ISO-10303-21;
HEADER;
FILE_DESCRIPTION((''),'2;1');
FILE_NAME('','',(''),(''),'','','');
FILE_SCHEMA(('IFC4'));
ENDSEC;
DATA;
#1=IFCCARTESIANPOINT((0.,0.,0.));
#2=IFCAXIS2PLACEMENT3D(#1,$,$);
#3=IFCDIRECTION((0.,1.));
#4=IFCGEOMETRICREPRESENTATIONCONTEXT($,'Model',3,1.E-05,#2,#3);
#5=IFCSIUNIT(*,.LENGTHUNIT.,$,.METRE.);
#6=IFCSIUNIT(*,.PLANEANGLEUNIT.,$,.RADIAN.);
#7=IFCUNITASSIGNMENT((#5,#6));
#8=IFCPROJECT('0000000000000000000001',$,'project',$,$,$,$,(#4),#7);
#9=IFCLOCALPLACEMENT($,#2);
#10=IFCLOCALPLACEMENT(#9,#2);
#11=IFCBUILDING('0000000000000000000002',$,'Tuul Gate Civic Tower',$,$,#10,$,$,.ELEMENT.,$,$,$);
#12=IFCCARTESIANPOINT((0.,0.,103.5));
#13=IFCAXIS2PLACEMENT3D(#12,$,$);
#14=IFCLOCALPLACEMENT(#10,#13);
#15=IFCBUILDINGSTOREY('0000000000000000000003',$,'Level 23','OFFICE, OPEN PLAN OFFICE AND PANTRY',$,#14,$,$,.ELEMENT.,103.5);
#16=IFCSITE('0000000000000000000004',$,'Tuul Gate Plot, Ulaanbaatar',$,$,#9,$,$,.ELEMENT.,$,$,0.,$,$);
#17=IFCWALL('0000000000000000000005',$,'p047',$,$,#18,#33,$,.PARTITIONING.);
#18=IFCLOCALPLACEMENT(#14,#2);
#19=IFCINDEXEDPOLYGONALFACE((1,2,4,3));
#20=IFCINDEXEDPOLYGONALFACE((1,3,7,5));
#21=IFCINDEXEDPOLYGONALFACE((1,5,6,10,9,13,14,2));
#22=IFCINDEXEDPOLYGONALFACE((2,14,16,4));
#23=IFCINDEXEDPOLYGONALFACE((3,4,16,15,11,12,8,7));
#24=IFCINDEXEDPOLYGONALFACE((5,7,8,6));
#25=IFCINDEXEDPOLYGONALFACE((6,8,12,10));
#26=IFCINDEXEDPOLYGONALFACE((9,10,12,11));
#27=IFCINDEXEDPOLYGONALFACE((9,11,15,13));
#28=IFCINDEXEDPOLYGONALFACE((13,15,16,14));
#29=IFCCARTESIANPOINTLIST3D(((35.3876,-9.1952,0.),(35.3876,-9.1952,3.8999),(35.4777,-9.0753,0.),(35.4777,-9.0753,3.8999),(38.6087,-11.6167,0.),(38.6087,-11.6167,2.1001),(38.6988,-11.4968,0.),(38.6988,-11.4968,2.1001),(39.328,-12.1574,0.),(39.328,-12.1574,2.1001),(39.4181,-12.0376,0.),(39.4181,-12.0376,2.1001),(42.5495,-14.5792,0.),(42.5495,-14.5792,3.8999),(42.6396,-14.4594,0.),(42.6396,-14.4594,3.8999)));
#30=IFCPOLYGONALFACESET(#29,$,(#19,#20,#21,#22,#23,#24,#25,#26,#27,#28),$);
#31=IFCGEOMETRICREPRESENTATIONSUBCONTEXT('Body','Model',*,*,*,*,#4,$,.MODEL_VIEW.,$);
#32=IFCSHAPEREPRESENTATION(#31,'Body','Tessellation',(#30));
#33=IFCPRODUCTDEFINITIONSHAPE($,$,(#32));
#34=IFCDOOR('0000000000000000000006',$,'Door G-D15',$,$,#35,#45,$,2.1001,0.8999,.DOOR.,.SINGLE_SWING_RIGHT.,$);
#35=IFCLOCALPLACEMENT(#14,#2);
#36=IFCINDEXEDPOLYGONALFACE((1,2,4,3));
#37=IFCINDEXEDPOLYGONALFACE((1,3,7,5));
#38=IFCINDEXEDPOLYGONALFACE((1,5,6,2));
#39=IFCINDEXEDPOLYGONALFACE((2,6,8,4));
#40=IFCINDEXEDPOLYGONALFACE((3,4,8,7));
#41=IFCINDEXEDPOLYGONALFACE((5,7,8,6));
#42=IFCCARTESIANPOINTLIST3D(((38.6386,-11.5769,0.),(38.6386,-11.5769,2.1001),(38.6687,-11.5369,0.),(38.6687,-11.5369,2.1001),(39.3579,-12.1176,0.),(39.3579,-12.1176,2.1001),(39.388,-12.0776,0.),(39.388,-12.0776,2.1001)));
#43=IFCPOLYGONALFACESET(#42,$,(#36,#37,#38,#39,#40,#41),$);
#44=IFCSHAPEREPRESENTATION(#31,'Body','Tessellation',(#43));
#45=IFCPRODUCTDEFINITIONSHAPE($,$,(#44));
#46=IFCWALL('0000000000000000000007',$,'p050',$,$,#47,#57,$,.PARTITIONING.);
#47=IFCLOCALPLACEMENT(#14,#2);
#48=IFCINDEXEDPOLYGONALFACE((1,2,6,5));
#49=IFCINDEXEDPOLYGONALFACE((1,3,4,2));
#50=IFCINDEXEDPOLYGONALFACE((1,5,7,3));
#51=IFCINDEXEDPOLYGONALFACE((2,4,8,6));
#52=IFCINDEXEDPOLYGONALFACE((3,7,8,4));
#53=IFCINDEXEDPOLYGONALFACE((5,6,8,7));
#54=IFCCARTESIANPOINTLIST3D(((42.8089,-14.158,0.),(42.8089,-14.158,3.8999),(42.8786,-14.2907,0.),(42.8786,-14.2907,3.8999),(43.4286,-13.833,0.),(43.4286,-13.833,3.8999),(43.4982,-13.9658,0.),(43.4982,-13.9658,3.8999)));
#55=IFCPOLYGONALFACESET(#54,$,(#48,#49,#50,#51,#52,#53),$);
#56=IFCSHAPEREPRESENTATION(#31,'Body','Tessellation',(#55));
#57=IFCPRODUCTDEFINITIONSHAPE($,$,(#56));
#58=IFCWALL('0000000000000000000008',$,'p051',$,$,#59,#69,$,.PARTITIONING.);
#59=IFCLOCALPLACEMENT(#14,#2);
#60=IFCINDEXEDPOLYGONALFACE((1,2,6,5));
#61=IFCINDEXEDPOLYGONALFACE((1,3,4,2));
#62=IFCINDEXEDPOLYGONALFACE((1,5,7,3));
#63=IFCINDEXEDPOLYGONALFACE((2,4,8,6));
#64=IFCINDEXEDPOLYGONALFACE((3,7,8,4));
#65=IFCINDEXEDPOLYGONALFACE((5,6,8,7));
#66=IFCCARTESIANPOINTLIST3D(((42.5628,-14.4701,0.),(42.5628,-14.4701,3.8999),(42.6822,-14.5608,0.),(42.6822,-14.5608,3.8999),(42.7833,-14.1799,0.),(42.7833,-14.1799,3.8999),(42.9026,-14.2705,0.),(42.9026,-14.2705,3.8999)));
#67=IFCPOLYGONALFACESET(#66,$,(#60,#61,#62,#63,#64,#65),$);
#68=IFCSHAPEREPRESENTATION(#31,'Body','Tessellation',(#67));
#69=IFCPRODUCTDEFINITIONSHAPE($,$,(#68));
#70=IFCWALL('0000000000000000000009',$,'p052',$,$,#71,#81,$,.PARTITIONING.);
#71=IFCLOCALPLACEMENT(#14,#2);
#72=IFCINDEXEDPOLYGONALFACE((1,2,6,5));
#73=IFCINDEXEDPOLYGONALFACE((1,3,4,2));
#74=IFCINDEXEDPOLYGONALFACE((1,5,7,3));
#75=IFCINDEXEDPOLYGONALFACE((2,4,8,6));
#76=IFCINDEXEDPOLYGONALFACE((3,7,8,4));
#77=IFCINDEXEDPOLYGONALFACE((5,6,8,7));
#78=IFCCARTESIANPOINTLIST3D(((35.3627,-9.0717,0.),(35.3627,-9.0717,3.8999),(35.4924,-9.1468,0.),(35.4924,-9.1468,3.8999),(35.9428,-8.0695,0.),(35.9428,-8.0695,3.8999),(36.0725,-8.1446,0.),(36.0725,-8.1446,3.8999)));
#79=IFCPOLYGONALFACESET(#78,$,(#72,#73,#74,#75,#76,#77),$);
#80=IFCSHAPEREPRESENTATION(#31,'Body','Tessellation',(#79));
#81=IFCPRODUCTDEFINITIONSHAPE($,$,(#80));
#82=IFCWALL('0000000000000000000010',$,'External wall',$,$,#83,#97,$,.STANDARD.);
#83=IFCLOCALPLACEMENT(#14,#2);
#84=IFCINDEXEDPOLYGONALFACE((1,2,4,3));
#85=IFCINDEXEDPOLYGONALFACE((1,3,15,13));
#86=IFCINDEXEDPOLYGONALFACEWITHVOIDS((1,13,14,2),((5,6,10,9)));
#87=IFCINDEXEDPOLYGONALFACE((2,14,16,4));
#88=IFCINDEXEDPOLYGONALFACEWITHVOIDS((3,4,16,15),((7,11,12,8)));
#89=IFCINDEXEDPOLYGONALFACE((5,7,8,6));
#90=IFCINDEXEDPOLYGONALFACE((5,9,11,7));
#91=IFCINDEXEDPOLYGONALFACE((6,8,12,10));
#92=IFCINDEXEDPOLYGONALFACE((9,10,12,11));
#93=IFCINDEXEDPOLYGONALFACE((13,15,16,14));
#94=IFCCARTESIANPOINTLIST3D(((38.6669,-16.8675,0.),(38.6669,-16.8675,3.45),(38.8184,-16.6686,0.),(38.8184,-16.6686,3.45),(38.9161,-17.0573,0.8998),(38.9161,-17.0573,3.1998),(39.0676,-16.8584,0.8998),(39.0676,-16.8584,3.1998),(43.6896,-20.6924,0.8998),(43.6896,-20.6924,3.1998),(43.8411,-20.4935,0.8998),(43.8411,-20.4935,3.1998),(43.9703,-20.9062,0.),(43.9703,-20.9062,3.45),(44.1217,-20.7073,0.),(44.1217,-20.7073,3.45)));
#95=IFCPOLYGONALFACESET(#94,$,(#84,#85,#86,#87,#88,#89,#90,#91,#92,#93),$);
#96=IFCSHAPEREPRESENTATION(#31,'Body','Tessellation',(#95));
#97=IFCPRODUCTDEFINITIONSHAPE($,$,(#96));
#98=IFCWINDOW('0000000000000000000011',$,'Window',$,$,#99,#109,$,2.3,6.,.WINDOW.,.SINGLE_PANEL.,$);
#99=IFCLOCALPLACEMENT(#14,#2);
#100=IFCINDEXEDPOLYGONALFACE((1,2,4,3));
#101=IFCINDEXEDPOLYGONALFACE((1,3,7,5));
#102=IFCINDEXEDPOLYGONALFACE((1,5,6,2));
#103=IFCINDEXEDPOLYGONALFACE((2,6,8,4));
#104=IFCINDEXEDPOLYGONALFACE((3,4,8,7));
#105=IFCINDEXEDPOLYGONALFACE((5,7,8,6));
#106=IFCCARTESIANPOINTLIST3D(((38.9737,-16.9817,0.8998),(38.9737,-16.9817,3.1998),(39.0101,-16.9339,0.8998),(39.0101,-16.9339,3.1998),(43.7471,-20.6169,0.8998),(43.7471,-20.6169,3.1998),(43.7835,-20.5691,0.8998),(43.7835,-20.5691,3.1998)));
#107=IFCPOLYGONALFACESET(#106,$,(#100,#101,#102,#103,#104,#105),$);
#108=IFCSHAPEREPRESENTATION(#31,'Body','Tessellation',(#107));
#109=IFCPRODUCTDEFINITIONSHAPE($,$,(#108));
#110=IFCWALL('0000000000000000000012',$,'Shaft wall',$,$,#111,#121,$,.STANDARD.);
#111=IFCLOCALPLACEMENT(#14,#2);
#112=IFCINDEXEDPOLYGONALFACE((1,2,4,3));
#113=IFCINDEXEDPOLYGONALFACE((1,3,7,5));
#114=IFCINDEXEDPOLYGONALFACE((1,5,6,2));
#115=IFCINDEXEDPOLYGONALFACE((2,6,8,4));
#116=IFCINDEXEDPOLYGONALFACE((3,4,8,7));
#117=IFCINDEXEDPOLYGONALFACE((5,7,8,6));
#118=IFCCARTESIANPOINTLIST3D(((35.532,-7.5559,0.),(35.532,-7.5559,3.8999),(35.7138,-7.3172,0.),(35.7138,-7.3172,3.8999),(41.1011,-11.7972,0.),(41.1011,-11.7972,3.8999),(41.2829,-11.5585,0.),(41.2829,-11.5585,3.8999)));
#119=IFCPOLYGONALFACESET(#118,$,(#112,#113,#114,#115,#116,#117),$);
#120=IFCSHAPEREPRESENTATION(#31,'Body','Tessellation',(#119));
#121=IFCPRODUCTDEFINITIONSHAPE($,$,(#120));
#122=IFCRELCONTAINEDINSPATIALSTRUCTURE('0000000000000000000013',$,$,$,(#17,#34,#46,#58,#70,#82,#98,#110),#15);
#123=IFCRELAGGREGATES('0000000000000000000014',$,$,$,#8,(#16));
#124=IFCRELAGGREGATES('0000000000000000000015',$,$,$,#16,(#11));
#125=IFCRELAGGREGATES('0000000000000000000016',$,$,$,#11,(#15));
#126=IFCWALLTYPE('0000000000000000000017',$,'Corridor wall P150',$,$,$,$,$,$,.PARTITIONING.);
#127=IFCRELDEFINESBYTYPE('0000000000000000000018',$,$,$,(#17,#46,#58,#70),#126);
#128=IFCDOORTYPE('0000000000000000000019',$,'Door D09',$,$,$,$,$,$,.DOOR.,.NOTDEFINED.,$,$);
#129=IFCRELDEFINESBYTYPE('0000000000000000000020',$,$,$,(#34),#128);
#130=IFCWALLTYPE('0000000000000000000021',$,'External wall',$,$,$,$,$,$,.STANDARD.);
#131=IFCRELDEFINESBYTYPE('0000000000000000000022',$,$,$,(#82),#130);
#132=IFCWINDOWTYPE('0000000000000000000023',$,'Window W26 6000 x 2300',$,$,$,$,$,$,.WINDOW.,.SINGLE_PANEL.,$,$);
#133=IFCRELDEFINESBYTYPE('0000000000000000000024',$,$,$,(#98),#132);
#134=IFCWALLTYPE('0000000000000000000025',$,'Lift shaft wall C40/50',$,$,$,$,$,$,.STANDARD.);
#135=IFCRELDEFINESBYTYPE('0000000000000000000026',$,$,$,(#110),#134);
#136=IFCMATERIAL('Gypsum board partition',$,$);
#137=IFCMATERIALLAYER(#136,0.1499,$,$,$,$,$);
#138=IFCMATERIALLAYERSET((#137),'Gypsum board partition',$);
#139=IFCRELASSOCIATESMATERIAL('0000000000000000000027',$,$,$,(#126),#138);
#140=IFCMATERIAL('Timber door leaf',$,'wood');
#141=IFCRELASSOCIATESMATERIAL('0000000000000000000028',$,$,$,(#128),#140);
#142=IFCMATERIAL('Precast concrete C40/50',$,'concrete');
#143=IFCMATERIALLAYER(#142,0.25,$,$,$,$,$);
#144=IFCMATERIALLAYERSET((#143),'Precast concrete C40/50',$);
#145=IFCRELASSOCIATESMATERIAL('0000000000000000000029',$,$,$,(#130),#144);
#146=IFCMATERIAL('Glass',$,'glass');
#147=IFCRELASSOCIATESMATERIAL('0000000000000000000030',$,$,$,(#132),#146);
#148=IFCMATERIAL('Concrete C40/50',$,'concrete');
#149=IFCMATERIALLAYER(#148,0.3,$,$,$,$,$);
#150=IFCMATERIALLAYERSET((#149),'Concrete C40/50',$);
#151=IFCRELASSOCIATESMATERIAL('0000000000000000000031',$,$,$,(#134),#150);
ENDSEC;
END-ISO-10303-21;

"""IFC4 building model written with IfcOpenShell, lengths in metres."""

from ifc_helpers import new_model, si_unit, direction, frame, frame_2d, origin, place, context, subcontext, project, spatial, rectangle, extrude, material, layer, layer_set, type_object, element, fill, save


model = new_model("IFC4")

# Units and contexts
model_context = context("Model", 3, precision=1e-05, world=origin(), true_north=direction((0.0, 1.0)))
body_context = subcontext(model_context, "Body", "Model", "MODEL_VIEW")
ifc_project = project(units=[si_unit("LENGTHUNIT", "METRE"), si_unit("PLANEANGLEUNIT", "RADIAN")], contexts=[model_context])

# Site, building, storey
site_placement = place(None, origin())
site = spatial("IfcSite", under=ifc_project, at=site_placement, Name="Tuul Gate Plot, Ulaanbaatar", CompositionType="ELEMENT", RefElevation=0.0)
building_placement = place(site_placement, origin())
building = spatial("IfcBuilding", under=site, at=building_placement, Name="Tuul Gate Civic Tower", CompositionType="ELEMENT")
storey_placement = place(building_placement, frame((0.0, 0.0, 103.5)))
storey = spatial("IfcBuildingStorey", under=building, at=storey_placement, Name="Level 23", Description="OFFICE, OPEN PLAN OFFICE AND PANTRY", CompositionType="ELEMENT", Elevation=103.5)

# Wall, opening, door
ifc_material_1 = material(Name="Gypsum board partition")
ifc_layer_1 = layer(ifc_material_1, 0.1499)
ifc_layer_set_1 = layer_set([ifc_layer_1], Name="Gypsum board partition")
wall_type_1 = type_object("IfcWallType", Name="Corridor wall P150", PredefinedType="PARTITIONING", material=ifc_layer_set_1)
wall_1_placement = place(storey_placement, frame((35.4326, -9.1353, 0.0), z_axis=(0.0, 0.0, 1.0), x_axis=(0.799323, -0.600902, 0.0)))
wall_1 = element("IfcWall", 1, at=wall_1_placement, inside=storey, type_object=wall_type_1, Name="p047", PredefinedType="PARTITIONING", context=body_context, shape_type="SweptSolid", body=[
    extrude(rectangle(XDim=8.96, YDim=0.1499, at=frame_2d((4.48, 0.0))), origin(), (0.0, 0.0, 1.0), 3.8999),
])
opening_1_placement = place(wall_1_placement, frame((4.0298, 0.0, 0.0)))
opening_1 = element("IfcOpeningElement", 2, at=opening_1_placement, cuts=wall_1, PredefinedType="OPENING", context=body_context, shape_type="SweptSolid", body=[
    extrude(rectangle(XDim=0.8999, YDim=2.1001, at=frame_2d((0.45, 1.05))), frame((0.0, 0.085, 0.0), z_axis=(0.0, -1.0, 0.0), x_axis=(1.0, 0.0, 0.0)), (0.0, 0.0, 1.0), 0.1699),
])
ifc_material_2 = material(Name="Timber door leaf", Category="wood")
door_type_1 = type_object("IfcDoorType", Name="Door D09", OperationType="NOTDEFINED", PredefinedType="DOOR", material=ifc_material_2)
door_1_placement = place(opening_1_placement, origin())
door_1 = element("IfcDoor", 3, at=door_1_placement, inside=storey, type_object=door_type_1, Name="Door G-D15", OperationType="SINGLE_SWING_RIGHT", OverallHeight=2.1001, OverallWidth=0.8999, PredefinedType="DOOR", context=body_context, shape_type="SweptSolid", body=[
    extrude(rectangle(XDim=0.8999, YDim=2.1001, at=frame_2d((0.45, 1.05))), frame((0.0, 0.0249, 0.0), z_axis=(0.0, -1.0, 0.0), x_axis=(1.0, 0.0, 0.0)), (0.0, 0.0, 1.0), 0.05),
])
fill(opening_1, door_1)

# Walls
wall_2_placement = place(storey_placement, frame((42.8438, -14.2244, 0.0), z_axis=(0.0, 0.0, 1.0), x_axis=(0.885606, 0.464437, 0.0)))
element("IfcWall", 4, at=wall_2_placement, inside=storey, type_object=wall_type_1, Name="p050", PredefinedType="PARTITIONING", context=body_context, shape_type="SweptSolid", body=[
    extrude(rectangle(XDim=0.6997, YDim=0.1499, at=frame_2d((0.3499, 0.0))), origin(), (0.0, 0.0, 1.0), 3.8999),
])
wall_3_placement = place(storey_placement, frame((42.6226, -14.5154, 0.0), z_axis=(0.0, 0.0, 1.0), x_axis=(0.604812, 0.796369, 0.0)))
element("IfcWall", 5, at=wall_3_placement, inside=storey, type_object=wall_type_1, Name="p051", PredefinedType="PARTITIONING", context=body_context, shape_type="SweptSolid", body=[
    extrude(rectangle(XDim=0.3645, YDim=0.1499, at=frame_2d((0.1821, 0.0))), origin(), (0.0, 0.0, 1.0), 3.8999),
])
wall_4_placement = place(storey_placement, frame((35.4275, -9.1094, 0.0), z_axis=(0.0, 0.0, 1.0), x_axis=(0.500945, 0.865479, 0.0)))
element("IfcWall", 6, at=wall_4_placement, inside=storey, type_object=wall_type_1, Name="p052", PredefinedType="PARTITIONING", context=body_context, shape_type="SweptSolid", body=[
    extrude(rectangle(XDim=1.158, YDim=0.1499, at=frame_2d((0.5791, 0.0))), origin(), (0.0, 0.0, 1.0), 3.8999),
])

# Wall, opening, window
ifc_material_3 = material(Name="Precast concrete C40/50", Category="concrete")
ifc_layer_2 = layer(ifc_material_3, 0.25)
ifc_layer_set_2 = layer_set([ifc_layer_2], Name="Precast concrete C40/50")
wall_type_2 = type_object("IfcWallType", Name="External wall", PredefinedType="STANDARD", material=ifc_layer_set_2)
wall_5_placement = place(storey_placement, frame((38.7427, -16.7681, 0.0), z_axis=(0.0, 0.0, 1.0), x_axis=(0.795575, -0.605856, 0.0)))
wall_5 = element("IfcWall", 7, at=wall_5_placement, inside=storey, type_object=wall_type_2, Name="External wall", PredefinedType="STANDARD", context=body_context, shape_type="SweptSolid", body=[
    extrude(rectangle(XDim=6.666, YDim=0.25, at=frame_2d((3.333, 0.0))), origin(), (0.0, 0.0, 1.0), 3.45),
])
opening_2_placement = place(wall_5_placement, frame((0.3132, 0.0, 0.8999)))
opening_2 = element("IfcOpeningElement", 8, at=opening_2_placement, cuts=wall_5, PredefinedType="OPENING", context=body_context, shape_type="SweptSolid", body=[
    extrude(rectangle(XDim=6.0, YDim=2.3, at=frame_2d((3.0, 1.1499))), frame((0.0, 0.135, 0.0), z_axis=(0.0, -1.0, 0.0), x_axis=(1.0, 0.0, 0.0)), (0.0, 0.0, 1.0), 0.27),
])
ifc_material_4 = material(Name="Glass", Category="glass")
window_type = type_object("IfcWindowType", Name="Window W26 6000 x 2300", PartitioningType="SINGLE_PANEL", PredefinedType="WINDOW", material=ifc_material_4)
window_placement = place(opening_2_placement, origin())
window = element("IfcWindow", 9, at=window_placement, inside=storey, type_object=window_type, Name="Window", OverallHeight=2.3, OverallWidth=6.0, PartitioningType="SINGLE_PANEL", PredefinedType="WINDOW", context=body_context, shape_type="SweptSolid", body=[
    extrude(rectangle(XDim=6.0, YDim=2.3, at=frame_2d((3.0, 1.1499))), frame((0.0, 0.03, 0.0), z_axis=(0.0, -1.0, 0.0), x_axis=(1.0, 0.0, 0.0)), (0.0, 0.0, 1.0), 0.0601),
])
fill(opening_2, window)

# Wall
ifc_material_5 = material(Name="Concrete C40/50", Category="concrete")
ifc_layer_3 = layer(ifc_material_5, 0.3)
ifc_layer_set_3 = layer_set([ifc_layer_3], Name="Concrete C40/50")
wall_type_3 = type_object("IfcWallType", Name="Lift shaft wall C40/50", PredefinedType="STANDARD", material=ifc_layer_set_3)
wall_6_placement = place(storey_placement, frame((41.1919, -11.6777, 0.0), z_axis=(0.0, 0.0, 1.0), x_axis=(-0.795563, 0.605871, 0.0)))
element("IfcWall", 10, at=wall_6_placement, inside=storey, type_object=wall_type_3, Name="Shaft wall", PredefinedType="STANDARD", context=body_context, shape_type="SweptSolid", body=[
    extrude(rectangle(XDim=7.0002, YDim=0.3, at=frame_2d((3.5, 0.0))), origin(), (0.0, 0.0, 1.0), 3.8999),
])

save(model, "model.ifc")
